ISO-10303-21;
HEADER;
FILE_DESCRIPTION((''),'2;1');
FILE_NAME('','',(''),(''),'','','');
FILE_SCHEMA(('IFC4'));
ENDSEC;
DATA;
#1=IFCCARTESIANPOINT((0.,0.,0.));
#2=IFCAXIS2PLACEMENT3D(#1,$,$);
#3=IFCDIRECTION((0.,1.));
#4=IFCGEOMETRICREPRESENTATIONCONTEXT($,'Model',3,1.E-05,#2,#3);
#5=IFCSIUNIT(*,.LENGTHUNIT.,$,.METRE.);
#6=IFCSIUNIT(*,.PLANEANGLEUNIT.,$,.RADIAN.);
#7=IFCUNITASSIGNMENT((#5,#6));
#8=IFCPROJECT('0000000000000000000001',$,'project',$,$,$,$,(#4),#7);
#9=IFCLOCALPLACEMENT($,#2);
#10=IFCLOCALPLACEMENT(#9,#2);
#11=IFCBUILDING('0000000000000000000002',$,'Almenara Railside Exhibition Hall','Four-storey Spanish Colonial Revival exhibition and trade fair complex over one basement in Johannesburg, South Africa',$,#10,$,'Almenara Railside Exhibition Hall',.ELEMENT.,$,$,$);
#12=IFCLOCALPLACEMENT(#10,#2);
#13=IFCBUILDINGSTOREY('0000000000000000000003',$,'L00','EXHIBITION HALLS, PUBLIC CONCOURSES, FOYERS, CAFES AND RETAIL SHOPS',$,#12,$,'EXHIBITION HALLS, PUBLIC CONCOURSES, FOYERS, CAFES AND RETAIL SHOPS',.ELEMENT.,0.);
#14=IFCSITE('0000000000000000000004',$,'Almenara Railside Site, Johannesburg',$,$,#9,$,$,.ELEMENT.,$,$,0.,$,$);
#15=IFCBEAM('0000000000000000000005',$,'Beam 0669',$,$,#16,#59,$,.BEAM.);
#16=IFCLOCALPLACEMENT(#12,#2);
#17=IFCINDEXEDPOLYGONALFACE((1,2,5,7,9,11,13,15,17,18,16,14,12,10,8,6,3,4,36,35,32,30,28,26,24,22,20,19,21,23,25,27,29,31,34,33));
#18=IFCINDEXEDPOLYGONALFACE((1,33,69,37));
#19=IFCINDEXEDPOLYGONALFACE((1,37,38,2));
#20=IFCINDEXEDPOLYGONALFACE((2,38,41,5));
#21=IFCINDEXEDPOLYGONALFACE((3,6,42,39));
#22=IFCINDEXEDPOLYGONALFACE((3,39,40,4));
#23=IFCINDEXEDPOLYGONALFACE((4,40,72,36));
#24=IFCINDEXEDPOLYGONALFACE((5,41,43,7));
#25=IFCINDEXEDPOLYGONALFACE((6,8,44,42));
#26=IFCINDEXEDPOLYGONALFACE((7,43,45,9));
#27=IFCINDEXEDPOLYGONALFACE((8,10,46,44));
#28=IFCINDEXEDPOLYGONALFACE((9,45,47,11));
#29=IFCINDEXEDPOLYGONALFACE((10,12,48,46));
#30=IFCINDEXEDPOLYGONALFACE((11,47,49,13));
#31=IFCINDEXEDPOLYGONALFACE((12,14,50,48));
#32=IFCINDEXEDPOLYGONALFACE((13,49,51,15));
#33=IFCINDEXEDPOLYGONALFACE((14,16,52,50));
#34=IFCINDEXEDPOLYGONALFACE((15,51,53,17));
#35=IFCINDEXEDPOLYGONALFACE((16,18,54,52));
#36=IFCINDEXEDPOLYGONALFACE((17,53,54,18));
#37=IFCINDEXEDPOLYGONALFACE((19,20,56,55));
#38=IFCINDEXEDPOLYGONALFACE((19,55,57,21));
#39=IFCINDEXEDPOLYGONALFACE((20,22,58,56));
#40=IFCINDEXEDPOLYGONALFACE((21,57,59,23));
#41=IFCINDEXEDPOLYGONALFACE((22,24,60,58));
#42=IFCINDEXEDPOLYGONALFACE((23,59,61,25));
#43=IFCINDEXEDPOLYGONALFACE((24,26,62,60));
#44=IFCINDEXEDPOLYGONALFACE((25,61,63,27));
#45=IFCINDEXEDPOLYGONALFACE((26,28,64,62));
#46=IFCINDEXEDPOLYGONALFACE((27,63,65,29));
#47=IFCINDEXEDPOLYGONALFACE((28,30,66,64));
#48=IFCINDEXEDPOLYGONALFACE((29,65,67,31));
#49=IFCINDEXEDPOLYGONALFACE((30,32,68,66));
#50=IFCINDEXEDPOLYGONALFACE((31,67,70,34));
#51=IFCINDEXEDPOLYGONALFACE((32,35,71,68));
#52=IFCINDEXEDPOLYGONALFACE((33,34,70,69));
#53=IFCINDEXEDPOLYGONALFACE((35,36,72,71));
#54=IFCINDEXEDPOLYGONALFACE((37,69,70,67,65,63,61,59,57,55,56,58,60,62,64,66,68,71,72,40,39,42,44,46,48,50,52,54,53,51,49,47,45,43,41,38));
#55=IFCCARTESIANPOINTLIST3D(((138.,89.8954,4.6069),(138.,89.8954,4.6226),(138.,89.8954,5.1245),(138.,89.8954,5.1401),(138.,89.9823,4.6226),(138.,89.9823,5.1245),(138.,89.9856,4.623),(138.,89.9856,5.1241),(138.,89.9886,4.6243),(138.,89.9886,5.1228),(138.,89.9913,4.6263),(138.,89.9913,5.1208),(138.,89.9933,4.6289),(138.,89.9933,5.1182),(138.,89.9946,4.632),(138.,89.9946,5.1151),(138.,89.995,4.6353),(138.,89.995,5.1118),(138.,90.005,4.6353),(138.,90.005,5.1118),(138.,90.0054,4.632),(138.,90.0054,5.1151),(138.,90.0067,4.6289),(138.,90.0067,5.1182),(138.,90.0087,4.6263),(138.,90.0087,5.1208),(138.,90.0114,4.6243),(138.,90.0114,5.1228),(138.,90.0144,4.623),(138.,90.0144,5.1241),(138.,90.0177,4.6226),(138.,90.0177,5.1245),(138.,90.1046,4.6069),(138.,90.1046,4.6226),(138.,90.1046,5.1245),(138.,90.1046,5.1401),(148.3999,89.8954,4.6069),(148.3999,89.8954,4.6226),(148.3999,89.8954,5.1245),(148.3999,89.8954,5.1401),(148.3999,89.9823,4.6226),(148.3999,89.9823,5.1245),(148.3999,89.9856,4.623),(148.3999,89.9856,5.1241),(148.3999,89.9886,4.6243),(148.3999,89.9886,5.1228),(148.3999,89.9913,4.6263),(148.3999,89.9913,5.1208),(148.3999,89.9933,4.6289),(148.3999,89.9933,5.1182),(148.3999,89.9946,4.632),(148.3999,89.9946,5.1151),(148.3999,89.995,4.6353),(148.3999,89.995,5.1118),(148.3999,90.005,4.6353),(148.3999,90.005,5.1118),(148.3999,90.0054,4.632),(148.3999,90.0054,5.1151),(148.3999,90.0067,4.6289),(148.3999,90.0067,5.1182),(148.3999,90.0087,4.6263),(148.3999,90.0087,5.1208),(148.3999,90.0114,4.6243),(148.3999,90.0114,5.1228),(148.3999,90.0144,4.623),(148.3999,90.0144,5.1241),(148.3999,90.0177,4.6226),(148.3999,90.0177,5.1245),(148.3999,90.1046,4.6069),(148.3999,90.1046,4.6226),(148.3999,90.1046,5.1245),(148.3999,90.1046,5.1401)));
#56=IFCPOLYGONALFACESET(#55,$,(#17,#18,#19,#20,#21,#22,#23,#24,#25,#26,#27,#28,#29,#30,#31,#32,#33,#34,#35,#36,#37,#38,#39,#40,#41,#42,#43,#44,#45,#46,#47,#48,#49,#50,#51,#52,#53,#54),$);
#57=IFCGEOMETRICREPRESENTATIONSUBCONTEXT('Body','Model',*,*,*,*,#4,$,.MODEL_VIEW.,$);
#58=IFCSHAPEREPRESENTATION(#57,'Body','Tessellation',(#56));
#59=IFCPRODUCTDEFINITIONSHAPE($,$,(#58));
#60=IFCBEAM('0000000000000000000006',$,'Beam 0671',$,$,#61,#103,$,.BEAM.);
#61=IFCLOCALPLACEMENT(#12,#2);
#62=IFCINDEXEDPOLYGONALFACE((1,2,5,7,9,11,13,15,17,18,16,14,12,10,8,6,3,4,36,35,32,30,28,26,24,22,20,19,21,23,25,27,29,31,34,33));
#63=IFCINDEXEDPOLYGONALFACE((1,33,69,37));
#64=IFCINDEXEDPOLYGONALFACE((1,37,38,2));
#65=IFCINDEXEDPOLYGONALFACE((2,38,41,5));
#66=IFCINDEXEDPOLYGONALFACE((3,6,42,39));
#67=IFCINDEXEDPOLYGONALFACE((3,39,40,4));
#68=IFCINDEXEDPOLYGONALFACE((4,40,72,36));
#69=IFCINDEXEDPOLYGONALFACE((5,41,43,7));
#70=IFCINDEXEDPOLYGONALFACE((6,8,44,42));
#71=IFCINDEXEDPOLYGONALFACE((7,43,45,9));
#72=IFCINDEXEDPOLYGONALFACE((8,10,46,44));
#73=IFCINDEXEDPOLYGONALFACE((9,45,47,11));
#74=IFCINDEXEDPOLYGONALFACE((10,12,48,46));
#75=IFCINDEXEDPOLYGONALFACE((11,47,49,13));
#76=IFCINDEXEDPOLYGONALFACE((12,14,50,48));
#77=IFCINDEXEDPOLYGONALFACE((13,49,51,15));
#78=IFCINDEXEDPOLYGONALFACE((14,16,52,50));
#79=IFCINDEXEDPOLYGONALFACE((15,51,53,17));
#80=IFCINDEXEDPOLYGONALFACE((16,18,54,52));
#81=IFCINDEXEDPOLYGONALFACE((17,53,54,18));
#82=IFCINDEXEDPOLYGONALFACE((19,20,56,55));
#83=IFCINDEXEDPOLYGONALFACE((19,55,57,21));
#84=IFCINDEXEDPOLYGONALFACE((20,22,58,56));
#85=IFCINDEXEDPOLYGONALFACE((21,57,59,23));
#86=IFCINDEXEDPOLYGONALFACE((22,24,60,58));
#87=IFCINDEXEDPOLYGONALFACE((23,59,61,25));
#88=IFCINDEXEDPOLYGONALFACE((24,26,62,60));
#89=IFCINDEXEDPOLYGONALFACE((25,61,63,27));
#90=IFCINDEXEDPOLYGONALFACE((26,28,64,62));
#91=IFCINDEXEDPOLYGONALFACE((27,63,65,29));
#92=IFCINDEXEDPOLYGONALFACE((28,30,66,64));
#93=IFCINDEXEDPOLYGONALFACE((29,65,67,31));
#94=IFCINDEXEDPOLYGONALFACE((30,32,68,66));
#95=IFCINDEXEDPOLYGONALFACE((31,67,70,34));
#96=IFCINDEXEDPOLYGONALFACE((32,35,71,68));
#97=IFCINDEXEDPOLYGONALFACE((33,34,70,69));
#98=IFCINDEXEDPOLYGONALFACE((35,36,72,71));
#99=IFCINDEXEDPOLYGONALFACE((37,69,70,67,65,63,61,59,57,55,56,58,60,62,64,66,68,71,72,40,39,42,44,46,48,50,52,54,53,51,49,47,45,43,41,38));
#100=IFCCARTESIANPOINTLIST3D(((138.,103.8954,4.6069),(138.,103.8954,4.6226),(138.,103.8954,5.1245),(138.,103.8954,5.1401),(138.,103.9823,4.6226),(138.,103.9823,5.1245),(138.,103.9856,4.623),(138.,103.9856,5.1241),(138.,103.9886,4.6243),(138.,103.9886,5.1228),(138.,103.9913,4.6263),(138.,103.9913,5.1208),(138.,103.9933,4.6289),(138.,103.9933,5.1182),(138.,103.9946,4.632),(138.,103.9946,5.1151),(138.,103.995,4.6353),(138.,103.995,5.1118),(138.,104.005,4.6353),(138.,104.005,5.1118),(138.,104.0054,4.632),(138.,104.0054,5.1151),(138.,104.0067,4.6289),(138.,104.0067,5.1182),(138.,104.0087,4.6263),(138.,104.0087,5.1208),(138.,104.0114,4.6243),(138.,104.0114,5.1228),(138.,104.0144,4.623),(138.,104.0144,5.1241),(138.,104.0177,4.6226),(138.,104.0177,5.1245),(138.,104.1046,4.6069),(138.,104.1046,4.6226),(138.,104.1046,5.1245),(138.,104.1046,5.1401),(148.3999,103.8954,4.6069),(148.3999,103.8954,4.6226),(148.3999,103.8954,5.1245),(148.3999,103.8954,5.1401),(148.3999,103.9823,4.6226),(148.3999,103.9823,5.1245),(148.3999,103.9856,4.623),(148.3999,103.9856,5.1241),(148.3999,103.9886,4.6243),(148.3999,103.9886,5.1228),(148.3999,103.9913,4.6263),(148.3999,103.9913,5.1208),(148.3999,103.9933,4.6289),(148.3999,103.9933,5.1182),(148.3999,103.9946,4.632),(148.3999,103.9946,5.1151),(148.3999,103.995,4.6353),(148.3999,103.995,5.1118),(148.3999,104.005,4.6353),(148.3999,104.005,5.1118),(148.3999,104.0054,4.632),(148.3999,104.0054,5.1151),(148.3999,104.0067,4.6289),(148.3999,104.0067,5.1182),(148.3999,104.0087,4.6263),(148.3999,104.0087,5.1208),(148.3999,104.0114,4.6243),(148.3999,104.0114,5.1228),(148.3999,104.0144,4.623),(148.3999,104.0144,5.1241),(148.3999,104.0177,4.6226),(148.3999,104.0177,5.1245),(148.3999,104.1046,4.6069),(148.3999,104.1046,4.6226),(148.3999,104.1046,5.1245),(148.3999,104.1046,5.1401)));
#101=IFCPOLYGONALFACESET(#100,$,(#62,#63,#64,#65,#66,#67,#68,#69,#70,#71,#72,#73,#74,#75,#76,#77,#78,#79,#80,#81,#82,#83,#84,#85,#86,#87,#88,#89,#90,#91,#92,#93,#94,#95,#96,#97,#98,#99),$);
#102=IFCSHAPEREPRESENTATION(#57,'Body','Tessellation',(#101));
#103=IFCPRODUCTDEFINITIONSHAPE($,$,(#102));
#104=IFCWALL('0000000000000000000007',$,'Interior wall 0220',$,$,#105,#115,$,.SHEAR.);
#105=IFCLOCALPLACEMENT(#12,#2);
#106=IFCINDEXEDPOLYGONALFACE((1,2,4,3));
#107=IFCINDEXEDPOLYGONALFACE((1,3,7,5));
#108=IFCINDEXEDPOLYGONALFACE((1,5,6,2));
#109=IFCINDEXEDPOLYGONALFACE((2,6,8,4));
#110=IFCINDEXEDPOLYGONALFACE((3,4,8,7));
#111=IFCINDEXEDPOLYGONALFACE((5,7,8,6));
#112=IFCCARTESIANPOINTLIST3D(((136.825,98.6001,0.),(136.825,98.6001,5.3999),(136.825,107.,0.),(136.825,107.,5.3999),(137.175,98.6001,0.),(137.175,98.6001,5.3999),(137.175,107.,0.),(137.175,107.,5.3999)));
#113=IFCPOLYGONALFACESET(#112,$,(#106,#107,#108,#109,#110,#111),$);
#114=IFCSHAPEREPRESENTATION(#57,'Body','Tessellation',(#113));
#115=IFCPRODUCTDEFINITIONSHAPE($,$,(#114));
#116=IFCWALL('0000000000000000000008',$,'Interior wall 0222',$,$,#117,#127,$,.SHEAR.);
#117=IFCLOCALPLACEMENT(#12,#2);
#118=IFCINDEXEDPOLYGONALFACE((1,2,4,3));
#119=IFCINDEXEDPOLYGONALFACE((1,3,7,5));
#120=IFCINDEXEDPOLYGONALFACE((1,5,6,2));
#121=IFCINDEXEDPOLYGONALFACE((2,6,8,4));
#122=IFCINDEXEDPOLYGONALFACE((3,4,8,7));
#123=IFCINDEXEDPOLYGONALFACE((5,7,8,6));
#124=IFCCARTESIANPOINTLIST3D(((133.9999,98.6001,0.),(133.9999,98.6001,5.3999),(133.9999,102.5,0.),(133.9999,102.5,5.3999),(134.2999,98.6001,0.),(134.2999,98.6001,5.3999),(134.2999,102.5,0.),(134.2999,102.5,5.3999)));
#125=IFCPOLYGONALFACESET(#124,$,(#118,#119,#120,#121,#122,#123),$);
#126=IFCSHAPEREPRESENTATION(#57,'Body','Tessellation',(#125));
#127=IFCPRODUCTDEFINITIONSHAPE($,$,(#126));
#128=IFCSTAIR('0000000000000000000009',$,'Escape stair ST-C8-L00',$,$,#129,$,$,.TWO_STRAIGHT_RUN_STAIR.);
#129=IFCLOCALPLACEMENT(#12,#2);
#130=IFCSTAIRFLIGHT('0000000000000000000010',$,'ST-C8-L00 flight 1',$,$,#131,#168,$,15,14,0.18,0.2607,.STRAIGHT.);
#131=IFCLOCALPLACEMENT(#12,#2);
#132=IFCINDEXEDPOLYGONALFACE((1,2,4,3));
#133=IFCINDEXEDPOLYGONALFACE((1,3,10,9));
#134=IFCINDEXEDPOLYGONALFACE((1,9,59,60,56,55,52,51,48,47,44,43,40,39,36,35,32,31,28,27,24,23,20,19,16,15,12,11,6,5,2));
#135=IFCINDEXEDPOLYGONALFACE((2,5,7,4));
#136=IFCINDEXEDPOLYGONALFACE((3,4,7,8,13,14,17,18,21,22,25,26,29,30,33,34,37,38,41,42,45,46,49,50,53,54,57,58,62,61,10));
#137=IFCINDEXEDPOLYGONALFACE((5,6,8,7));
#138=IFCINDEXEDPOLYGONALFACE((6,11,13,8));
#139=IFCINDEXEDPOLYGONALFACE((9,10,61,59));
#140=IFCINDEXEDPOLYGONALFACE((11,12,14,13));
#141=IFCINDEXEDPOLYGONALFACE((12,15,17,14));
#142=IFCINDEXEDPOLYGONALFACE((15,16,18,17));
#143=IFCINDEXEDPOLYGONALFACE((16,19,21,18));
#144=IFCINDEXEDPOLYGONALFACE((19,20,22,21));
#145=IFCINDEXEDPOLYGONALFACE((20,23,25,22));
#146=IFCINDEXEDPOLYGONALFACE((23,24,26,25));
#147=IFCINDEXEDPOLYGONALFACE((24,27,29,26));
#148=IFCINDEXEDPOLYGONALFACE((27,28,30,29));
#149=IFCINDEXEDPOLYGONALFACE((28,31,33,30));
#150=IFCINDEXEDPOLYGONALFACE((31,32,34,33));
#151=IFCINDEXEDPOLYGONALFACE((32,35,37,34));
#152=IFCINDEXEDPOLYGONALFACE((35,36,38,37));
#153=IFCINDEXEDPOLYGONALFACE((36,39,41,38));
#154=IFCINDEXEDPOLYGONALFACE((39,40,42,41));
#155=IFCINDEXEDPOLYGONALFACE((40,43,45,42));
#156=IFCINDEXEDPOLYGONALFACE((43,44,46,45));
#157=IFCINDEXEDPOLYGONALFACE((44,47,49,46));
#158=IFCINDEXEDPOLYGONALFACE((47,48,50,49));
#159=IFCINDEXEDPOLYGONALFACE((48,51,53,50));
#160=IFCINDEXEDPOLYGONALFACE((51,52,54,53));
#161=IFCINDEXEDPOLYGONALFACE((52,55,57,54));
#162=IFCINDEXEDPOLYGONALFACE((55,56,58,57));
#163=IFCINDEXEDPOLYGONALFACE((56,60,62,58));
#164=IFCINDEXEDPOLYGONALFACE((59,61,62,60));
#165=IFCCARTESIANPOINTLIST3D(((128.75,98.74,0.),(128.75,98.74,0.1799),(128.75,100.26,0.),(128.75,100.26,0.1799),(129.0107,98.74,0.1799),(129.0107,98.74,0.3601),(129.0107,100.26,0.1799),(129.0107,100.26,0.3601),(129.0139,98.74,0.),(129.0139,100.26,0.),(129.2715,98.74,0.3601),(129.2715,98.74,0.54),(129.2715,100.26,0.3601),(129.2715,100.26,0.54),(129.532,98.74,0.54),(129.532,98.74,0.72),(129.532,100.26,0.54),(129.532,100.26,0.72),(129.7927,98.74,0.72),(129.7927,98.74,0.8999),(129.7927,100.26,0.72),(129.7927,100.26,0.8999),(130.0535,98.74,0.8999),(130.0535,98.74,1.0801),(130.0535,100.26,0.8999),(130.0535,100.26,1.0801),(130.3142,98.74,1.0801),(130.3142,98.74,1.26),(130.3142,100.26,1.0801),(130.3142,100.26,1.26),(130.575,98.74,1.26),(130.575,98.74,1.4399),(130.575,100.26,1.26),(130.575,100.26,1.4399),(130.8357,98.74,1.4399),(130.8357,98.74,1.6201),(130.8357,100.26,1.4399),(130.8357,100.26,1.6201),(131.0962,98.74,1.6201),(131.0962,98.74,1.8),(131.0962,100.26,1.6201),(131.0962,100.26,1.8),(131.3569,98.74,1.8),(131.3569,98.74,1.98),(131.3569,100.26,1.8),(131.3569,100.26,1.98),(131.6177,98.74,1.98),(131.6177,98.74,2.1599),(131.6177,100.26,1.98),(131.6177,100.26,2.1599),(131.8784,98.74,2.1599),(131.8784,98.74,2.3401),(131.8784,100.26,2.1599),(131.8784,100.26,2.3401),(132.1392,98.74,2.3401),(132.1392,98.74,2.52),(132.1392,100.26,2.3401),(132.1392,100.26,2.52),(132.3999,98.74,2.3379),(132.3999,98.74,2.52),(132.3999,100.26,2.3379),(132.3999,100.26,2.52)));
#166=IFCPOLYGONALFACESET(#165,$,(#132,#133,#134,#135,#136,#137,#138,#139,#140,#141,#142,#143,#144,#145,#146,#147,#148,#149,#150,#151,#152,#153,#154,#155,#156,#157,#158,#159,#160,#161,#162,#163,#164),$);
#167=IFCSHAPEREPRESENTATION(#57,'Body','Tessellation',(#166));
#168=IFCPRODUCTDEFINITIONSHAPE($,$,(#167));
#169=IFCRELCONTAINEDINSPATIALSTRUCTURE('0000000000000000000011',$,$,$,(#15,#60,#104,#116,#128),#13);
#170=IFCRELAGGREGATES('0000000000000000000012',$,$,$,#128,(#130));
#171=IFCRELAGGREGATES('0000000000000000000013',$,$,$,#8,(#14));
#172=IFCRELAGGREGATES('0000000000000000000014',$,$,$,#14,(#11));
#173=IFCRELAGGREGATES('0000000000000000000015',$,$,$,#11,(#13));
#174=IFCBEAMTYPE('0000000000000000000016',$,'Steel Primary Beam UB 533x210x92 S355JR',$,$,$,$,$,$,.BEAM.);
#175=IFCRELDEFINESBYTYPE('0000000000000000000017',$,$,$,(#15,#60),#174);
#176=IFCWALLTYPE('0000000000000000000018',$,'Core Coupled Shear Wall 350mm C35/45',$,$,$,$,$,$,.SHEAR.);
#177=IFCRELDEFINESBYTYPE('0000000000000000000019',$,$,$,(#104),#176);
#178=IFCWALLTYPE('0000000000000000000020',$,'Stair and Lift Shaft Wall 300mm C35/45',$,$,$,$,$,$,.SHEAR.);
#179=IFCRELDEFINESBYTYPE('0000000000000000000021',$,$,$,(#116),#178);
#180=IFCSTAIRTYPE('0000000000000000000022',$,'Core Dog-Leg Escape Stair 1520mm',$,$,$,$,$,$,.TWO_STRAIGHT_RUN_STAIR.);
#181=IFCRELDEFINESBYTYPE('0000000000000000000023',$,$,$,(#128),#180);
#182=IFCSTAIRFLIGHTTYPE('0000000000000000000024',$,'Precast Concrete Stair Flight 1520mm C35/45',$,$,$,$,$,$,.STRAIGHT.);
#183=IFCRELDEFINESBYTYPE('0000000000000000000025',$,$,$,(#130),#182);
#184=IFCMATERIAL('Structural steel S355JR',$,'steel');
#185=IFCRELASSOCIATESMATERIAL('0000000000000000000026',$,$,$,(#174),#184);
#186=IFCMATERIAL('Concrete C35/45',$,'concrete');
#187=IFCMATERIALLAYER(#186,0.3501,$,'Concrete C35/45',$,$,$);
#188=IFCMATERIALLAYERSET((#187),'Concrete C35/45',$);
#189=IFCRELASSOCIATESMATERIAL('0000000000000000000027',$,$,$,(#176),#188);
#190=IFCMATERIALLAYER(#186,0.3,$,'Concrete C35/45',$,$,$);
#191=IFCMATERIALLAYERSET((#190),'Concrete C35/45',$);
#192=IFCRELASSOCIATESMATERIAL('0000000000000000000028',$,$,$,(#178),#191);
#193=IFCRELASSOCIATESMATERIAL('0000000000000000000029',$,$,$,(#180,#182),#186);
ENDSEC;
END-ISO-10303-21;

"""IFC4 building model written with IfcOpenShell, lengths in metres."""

from ifc_helpers import new_model, si_unit, direction, frame, frame_2d, origin, origin_2d, place, context, subcontext, project, spatial, polyline, rectangle, i_section, outline, extrude, material, layer, layer_set, material_profile, profile_set, type_object, element, aggregate, save


model = new_model("IFC4")

# Units and contexts
model_context = context("Model", 3, precision=1e-05, world=origin(), true_north=direction((0.0, 1.0)))
body_context = subcontext(model_context, "Body", "Model", "MODEL_VIEW")
ifc_project = project(units=[si_unit("LENGTHUNIT", "METRE"), si_unit("PLANEANGLEUNIT", "RADIAN")], contexts=[model_context])

# Site, building, storey
site_placement = place(None, origin())
site = spatial("IfcSite", under=ifc_project, at=site_placement, Name="Almenara Railside Site, Johannesburg", CompositionType="ELEMENT", RefElevation=0.0)
building_placement = place(site_placement, origin())
building = spatial("IfcBuilding", under=site, at=building_placement, Name="Almenara Railside Exhibition Hall", Description="Four-storey Spanish Colonial Revival exhibition and trade fair complex over one basement in Johannesburg, South Africa", LongName="Almenara Railside Exhibition Hall", CompositionType="ELEMENT")
storey_placement = place(building_placement, origin())
storey = spatial("IfcBuildingStorey", under=building, at=storey_placement, Name="L00", Description="EXHIBITION HALLS, PUBLIC CONCOURSES, FOYERS, CAFES AND RETAIL SHOPS", LongName="EXHIBITION HALLS, PUBLIC CONCOURSES, FOYERS, CAFES AND RETAIL SHOPS", CompositionType="ELEMENT", Elevation=0.0)

# Shared definitions
ifc_material_1 = material(Name="Concrete C35/45", Category="concrete")

# Beams
ifc_material_2 = material(Name="Structural steel S355JR", Category="steel")
ifc_material_profile_1 = material_profile(ifc_material_2, i_section(OverallWidth=0.2092, OverallDepth=0.5332, WebThickness=0.01, FlangeThickness=0.0156, FilletRadius=0.0127, at=origin_2d()), Name="UB 533x210x92")
ifc_profile_set_1 = profile_set([ifc_material_profile_1], Name="Structural steel S355JR")
beam_type_1 = type_object("IfcBeamType", Name="Steel Primary Beam UB 533x210x92 S355JR", PredefinedType="BEAM", material=ifc_profile_set_1)
for number, where, z_axis, x_axis, name in (
    (1, (138.0, 90.0, 4.8735), (1.0, 0.0, 0.0), (0.0, 1.0, 0.0), "Beam 0669"),
    (2, (138.0, 104.0, 4.8735), (1.0, 0.0, 0.0), (0.0, 1.0, 0.0), "Beam 0671"),
):
    element("IfcBeam", number, at=place(storey_placement, frame(where, z_axis=z_axis, x_axis=x_axis)), inside=storey, type_object=beam_type_1, Name=name, PredefinedType="BEAM", context=body_context, shape_type="SweptSolid", body=[
        extrude(i_section(OverallWidth=0.2092, OverallDepth=0.5332, WebThickness=0.01, FlangeThickness=0.0156, FilletRadius=0.0127, at=origin_2d()), origin(), (0.0, 0.0, 1.0), 10.3999),
    ])

# Walls
ifc_layer_1 = layer(ifc_material_1, 0.3501, Name="Concrete C35/45")
ifc_layer_set_1 = layer_set([ifc_layer_1], Name="Concrete C35/45")
wall_type_1 = type_object("IfcWallType", Name="Core Coupled Shear Wall 350mm C35/45", PredefinedType="SHEAR", material=ifc_layer_set_1)
wall_1_placement = place(storey_placement, frame((137.0, 98.6001, 0.0), z_axis=(0.0, 0.0, 1.0), x_axis=(0.0, 1.0, 0.0)))
element("IfcWall", 3, at=wall_1_placement, inside=storey, type_object=wall_type_1, Name="Interior wall 0220", PredefinedType="SHEAR", context=body_context, shape_type="SweptSolid", body=[
    extrude(rectangle(XDim=8.3999, YDim=0.3501, at=frame_2d((4.2, 0.0))), origin(), (0.0, 0.0, 1.0), 5.3999),
])
ifc_layer_2 = layer(ifc_material_1, 0.3, Name="Concrete C35/45")
ifc_layer_set_2 = layer_set([ifc_layer_2], Name="Concrete C35/45")
wall_type_2 = type_object("IfcWallType", Name="Stair and Lift Shaft Wall 300mm C35/45", PredefinedType="SHEAR", material=ifc_layer_set_2)
wall_2_placement = place(storey_placement, frame((134.1499, 98.6001, 0.0), z_axis=(0.0, 0.0, 1.0), x_axis=(0.0, 1.0, 0.0)))
element("IfcWall", 4, at=wall_2_placement, inside=storey, type_object=wall_type_2, Name="Interior wall 0222", PredefinedType="SHEAR", context=body_context, shape_type="SweptSolid", body=[
    extrude(rectangle(XDim=3.8999, YDim=0.3, at=frame_2d((1.95, 0.0))), origin(), (0.0, 0.0, 1.0), 5.3999),
])

# Stair, stair flight
stair_type = type_object("IfcStairType", Name="Core Dog-Leg Escape Stair 1520mm", PredefinedType="TWO_STRAIGHT_RUN_STAIR", material=ifc_material_1)
stair_placement = place(storey_placement, origin())
stair = element("IfcStair", 5, at=stair_placement, inside=storey, type_object=stair_type, Name="Escape stair ST-C8-L00", PredefinedType="TWO_STRAIGHT_RUN_STAIR")
stair_flight_type = type_object("IfcStairFlightType", Name="Precast Concrete Stair Flight 1520mm C35/45", PredefinedType="STRAIGHT", material=ifc_material_1)
stair_flight_1_placement = place(storey_placement, frame((128.75, 99.5, 0.0), z_axis=(0.0, 0.0, 1.0), x_axis=(1.0, 0.0, 0.0)))
stair_flight_1 = element("IfcStairFlight", 6, at=stair_flight_1_placement, type_object=stair_flight_type, Name="ST-C8-L00 flight 1", NumberOfRisers=15, NumberOfTreads=14, PredefinedType="STRAIGHT", RiserHeight=0.18, TreadLength=0.2607, context=body_context, shape_type="SweptSolid", body=[
    extrude(outline(polyline([(0.0, 0.0), (0.0, 0.1799), (0.2607, 0.1799), (0.2607, 0.3601), (0.5215, 0.3601), (0.5215, 0.54), (0.782, 0.54), (0.782, 0.72), (1.0427, 0.72), (1.0427, 0.8999), (1.3035, 0.8999), (1.3035, 1.0801), (1.5642, 1.0801), (1.5642, 1.26), (1.825, 1.26), (1.825, 1.4399), (2.0857, 1.4399), (2.0857, 1.6201), (2.3462, 1.6201), (2.3462, 1.8), (2.6069, 1.8), (2.6069, 1.98), (2.8677, 1.98), (2.8677, 2.1599), (3.1284, 2.1599), (3.1284, 2.3401), (3.3892, 2.3401), (3.3892, 2.52), (3.6499, 2.52), (3.6499, 2.7), (3.6499, 2.3379), (0.2639, 0.0), (0.0, 0.0)])), frame((0.0, 0.76, 0.0), z_axis=(0.0, -1.0, 0.0), x_axis=(1.0, 0.0, 0.0)), (0.0, 0.0, 1.0), 1.52),
])
aggregate(stair, [stair_flight_1])

save(model, "model.ifc")
